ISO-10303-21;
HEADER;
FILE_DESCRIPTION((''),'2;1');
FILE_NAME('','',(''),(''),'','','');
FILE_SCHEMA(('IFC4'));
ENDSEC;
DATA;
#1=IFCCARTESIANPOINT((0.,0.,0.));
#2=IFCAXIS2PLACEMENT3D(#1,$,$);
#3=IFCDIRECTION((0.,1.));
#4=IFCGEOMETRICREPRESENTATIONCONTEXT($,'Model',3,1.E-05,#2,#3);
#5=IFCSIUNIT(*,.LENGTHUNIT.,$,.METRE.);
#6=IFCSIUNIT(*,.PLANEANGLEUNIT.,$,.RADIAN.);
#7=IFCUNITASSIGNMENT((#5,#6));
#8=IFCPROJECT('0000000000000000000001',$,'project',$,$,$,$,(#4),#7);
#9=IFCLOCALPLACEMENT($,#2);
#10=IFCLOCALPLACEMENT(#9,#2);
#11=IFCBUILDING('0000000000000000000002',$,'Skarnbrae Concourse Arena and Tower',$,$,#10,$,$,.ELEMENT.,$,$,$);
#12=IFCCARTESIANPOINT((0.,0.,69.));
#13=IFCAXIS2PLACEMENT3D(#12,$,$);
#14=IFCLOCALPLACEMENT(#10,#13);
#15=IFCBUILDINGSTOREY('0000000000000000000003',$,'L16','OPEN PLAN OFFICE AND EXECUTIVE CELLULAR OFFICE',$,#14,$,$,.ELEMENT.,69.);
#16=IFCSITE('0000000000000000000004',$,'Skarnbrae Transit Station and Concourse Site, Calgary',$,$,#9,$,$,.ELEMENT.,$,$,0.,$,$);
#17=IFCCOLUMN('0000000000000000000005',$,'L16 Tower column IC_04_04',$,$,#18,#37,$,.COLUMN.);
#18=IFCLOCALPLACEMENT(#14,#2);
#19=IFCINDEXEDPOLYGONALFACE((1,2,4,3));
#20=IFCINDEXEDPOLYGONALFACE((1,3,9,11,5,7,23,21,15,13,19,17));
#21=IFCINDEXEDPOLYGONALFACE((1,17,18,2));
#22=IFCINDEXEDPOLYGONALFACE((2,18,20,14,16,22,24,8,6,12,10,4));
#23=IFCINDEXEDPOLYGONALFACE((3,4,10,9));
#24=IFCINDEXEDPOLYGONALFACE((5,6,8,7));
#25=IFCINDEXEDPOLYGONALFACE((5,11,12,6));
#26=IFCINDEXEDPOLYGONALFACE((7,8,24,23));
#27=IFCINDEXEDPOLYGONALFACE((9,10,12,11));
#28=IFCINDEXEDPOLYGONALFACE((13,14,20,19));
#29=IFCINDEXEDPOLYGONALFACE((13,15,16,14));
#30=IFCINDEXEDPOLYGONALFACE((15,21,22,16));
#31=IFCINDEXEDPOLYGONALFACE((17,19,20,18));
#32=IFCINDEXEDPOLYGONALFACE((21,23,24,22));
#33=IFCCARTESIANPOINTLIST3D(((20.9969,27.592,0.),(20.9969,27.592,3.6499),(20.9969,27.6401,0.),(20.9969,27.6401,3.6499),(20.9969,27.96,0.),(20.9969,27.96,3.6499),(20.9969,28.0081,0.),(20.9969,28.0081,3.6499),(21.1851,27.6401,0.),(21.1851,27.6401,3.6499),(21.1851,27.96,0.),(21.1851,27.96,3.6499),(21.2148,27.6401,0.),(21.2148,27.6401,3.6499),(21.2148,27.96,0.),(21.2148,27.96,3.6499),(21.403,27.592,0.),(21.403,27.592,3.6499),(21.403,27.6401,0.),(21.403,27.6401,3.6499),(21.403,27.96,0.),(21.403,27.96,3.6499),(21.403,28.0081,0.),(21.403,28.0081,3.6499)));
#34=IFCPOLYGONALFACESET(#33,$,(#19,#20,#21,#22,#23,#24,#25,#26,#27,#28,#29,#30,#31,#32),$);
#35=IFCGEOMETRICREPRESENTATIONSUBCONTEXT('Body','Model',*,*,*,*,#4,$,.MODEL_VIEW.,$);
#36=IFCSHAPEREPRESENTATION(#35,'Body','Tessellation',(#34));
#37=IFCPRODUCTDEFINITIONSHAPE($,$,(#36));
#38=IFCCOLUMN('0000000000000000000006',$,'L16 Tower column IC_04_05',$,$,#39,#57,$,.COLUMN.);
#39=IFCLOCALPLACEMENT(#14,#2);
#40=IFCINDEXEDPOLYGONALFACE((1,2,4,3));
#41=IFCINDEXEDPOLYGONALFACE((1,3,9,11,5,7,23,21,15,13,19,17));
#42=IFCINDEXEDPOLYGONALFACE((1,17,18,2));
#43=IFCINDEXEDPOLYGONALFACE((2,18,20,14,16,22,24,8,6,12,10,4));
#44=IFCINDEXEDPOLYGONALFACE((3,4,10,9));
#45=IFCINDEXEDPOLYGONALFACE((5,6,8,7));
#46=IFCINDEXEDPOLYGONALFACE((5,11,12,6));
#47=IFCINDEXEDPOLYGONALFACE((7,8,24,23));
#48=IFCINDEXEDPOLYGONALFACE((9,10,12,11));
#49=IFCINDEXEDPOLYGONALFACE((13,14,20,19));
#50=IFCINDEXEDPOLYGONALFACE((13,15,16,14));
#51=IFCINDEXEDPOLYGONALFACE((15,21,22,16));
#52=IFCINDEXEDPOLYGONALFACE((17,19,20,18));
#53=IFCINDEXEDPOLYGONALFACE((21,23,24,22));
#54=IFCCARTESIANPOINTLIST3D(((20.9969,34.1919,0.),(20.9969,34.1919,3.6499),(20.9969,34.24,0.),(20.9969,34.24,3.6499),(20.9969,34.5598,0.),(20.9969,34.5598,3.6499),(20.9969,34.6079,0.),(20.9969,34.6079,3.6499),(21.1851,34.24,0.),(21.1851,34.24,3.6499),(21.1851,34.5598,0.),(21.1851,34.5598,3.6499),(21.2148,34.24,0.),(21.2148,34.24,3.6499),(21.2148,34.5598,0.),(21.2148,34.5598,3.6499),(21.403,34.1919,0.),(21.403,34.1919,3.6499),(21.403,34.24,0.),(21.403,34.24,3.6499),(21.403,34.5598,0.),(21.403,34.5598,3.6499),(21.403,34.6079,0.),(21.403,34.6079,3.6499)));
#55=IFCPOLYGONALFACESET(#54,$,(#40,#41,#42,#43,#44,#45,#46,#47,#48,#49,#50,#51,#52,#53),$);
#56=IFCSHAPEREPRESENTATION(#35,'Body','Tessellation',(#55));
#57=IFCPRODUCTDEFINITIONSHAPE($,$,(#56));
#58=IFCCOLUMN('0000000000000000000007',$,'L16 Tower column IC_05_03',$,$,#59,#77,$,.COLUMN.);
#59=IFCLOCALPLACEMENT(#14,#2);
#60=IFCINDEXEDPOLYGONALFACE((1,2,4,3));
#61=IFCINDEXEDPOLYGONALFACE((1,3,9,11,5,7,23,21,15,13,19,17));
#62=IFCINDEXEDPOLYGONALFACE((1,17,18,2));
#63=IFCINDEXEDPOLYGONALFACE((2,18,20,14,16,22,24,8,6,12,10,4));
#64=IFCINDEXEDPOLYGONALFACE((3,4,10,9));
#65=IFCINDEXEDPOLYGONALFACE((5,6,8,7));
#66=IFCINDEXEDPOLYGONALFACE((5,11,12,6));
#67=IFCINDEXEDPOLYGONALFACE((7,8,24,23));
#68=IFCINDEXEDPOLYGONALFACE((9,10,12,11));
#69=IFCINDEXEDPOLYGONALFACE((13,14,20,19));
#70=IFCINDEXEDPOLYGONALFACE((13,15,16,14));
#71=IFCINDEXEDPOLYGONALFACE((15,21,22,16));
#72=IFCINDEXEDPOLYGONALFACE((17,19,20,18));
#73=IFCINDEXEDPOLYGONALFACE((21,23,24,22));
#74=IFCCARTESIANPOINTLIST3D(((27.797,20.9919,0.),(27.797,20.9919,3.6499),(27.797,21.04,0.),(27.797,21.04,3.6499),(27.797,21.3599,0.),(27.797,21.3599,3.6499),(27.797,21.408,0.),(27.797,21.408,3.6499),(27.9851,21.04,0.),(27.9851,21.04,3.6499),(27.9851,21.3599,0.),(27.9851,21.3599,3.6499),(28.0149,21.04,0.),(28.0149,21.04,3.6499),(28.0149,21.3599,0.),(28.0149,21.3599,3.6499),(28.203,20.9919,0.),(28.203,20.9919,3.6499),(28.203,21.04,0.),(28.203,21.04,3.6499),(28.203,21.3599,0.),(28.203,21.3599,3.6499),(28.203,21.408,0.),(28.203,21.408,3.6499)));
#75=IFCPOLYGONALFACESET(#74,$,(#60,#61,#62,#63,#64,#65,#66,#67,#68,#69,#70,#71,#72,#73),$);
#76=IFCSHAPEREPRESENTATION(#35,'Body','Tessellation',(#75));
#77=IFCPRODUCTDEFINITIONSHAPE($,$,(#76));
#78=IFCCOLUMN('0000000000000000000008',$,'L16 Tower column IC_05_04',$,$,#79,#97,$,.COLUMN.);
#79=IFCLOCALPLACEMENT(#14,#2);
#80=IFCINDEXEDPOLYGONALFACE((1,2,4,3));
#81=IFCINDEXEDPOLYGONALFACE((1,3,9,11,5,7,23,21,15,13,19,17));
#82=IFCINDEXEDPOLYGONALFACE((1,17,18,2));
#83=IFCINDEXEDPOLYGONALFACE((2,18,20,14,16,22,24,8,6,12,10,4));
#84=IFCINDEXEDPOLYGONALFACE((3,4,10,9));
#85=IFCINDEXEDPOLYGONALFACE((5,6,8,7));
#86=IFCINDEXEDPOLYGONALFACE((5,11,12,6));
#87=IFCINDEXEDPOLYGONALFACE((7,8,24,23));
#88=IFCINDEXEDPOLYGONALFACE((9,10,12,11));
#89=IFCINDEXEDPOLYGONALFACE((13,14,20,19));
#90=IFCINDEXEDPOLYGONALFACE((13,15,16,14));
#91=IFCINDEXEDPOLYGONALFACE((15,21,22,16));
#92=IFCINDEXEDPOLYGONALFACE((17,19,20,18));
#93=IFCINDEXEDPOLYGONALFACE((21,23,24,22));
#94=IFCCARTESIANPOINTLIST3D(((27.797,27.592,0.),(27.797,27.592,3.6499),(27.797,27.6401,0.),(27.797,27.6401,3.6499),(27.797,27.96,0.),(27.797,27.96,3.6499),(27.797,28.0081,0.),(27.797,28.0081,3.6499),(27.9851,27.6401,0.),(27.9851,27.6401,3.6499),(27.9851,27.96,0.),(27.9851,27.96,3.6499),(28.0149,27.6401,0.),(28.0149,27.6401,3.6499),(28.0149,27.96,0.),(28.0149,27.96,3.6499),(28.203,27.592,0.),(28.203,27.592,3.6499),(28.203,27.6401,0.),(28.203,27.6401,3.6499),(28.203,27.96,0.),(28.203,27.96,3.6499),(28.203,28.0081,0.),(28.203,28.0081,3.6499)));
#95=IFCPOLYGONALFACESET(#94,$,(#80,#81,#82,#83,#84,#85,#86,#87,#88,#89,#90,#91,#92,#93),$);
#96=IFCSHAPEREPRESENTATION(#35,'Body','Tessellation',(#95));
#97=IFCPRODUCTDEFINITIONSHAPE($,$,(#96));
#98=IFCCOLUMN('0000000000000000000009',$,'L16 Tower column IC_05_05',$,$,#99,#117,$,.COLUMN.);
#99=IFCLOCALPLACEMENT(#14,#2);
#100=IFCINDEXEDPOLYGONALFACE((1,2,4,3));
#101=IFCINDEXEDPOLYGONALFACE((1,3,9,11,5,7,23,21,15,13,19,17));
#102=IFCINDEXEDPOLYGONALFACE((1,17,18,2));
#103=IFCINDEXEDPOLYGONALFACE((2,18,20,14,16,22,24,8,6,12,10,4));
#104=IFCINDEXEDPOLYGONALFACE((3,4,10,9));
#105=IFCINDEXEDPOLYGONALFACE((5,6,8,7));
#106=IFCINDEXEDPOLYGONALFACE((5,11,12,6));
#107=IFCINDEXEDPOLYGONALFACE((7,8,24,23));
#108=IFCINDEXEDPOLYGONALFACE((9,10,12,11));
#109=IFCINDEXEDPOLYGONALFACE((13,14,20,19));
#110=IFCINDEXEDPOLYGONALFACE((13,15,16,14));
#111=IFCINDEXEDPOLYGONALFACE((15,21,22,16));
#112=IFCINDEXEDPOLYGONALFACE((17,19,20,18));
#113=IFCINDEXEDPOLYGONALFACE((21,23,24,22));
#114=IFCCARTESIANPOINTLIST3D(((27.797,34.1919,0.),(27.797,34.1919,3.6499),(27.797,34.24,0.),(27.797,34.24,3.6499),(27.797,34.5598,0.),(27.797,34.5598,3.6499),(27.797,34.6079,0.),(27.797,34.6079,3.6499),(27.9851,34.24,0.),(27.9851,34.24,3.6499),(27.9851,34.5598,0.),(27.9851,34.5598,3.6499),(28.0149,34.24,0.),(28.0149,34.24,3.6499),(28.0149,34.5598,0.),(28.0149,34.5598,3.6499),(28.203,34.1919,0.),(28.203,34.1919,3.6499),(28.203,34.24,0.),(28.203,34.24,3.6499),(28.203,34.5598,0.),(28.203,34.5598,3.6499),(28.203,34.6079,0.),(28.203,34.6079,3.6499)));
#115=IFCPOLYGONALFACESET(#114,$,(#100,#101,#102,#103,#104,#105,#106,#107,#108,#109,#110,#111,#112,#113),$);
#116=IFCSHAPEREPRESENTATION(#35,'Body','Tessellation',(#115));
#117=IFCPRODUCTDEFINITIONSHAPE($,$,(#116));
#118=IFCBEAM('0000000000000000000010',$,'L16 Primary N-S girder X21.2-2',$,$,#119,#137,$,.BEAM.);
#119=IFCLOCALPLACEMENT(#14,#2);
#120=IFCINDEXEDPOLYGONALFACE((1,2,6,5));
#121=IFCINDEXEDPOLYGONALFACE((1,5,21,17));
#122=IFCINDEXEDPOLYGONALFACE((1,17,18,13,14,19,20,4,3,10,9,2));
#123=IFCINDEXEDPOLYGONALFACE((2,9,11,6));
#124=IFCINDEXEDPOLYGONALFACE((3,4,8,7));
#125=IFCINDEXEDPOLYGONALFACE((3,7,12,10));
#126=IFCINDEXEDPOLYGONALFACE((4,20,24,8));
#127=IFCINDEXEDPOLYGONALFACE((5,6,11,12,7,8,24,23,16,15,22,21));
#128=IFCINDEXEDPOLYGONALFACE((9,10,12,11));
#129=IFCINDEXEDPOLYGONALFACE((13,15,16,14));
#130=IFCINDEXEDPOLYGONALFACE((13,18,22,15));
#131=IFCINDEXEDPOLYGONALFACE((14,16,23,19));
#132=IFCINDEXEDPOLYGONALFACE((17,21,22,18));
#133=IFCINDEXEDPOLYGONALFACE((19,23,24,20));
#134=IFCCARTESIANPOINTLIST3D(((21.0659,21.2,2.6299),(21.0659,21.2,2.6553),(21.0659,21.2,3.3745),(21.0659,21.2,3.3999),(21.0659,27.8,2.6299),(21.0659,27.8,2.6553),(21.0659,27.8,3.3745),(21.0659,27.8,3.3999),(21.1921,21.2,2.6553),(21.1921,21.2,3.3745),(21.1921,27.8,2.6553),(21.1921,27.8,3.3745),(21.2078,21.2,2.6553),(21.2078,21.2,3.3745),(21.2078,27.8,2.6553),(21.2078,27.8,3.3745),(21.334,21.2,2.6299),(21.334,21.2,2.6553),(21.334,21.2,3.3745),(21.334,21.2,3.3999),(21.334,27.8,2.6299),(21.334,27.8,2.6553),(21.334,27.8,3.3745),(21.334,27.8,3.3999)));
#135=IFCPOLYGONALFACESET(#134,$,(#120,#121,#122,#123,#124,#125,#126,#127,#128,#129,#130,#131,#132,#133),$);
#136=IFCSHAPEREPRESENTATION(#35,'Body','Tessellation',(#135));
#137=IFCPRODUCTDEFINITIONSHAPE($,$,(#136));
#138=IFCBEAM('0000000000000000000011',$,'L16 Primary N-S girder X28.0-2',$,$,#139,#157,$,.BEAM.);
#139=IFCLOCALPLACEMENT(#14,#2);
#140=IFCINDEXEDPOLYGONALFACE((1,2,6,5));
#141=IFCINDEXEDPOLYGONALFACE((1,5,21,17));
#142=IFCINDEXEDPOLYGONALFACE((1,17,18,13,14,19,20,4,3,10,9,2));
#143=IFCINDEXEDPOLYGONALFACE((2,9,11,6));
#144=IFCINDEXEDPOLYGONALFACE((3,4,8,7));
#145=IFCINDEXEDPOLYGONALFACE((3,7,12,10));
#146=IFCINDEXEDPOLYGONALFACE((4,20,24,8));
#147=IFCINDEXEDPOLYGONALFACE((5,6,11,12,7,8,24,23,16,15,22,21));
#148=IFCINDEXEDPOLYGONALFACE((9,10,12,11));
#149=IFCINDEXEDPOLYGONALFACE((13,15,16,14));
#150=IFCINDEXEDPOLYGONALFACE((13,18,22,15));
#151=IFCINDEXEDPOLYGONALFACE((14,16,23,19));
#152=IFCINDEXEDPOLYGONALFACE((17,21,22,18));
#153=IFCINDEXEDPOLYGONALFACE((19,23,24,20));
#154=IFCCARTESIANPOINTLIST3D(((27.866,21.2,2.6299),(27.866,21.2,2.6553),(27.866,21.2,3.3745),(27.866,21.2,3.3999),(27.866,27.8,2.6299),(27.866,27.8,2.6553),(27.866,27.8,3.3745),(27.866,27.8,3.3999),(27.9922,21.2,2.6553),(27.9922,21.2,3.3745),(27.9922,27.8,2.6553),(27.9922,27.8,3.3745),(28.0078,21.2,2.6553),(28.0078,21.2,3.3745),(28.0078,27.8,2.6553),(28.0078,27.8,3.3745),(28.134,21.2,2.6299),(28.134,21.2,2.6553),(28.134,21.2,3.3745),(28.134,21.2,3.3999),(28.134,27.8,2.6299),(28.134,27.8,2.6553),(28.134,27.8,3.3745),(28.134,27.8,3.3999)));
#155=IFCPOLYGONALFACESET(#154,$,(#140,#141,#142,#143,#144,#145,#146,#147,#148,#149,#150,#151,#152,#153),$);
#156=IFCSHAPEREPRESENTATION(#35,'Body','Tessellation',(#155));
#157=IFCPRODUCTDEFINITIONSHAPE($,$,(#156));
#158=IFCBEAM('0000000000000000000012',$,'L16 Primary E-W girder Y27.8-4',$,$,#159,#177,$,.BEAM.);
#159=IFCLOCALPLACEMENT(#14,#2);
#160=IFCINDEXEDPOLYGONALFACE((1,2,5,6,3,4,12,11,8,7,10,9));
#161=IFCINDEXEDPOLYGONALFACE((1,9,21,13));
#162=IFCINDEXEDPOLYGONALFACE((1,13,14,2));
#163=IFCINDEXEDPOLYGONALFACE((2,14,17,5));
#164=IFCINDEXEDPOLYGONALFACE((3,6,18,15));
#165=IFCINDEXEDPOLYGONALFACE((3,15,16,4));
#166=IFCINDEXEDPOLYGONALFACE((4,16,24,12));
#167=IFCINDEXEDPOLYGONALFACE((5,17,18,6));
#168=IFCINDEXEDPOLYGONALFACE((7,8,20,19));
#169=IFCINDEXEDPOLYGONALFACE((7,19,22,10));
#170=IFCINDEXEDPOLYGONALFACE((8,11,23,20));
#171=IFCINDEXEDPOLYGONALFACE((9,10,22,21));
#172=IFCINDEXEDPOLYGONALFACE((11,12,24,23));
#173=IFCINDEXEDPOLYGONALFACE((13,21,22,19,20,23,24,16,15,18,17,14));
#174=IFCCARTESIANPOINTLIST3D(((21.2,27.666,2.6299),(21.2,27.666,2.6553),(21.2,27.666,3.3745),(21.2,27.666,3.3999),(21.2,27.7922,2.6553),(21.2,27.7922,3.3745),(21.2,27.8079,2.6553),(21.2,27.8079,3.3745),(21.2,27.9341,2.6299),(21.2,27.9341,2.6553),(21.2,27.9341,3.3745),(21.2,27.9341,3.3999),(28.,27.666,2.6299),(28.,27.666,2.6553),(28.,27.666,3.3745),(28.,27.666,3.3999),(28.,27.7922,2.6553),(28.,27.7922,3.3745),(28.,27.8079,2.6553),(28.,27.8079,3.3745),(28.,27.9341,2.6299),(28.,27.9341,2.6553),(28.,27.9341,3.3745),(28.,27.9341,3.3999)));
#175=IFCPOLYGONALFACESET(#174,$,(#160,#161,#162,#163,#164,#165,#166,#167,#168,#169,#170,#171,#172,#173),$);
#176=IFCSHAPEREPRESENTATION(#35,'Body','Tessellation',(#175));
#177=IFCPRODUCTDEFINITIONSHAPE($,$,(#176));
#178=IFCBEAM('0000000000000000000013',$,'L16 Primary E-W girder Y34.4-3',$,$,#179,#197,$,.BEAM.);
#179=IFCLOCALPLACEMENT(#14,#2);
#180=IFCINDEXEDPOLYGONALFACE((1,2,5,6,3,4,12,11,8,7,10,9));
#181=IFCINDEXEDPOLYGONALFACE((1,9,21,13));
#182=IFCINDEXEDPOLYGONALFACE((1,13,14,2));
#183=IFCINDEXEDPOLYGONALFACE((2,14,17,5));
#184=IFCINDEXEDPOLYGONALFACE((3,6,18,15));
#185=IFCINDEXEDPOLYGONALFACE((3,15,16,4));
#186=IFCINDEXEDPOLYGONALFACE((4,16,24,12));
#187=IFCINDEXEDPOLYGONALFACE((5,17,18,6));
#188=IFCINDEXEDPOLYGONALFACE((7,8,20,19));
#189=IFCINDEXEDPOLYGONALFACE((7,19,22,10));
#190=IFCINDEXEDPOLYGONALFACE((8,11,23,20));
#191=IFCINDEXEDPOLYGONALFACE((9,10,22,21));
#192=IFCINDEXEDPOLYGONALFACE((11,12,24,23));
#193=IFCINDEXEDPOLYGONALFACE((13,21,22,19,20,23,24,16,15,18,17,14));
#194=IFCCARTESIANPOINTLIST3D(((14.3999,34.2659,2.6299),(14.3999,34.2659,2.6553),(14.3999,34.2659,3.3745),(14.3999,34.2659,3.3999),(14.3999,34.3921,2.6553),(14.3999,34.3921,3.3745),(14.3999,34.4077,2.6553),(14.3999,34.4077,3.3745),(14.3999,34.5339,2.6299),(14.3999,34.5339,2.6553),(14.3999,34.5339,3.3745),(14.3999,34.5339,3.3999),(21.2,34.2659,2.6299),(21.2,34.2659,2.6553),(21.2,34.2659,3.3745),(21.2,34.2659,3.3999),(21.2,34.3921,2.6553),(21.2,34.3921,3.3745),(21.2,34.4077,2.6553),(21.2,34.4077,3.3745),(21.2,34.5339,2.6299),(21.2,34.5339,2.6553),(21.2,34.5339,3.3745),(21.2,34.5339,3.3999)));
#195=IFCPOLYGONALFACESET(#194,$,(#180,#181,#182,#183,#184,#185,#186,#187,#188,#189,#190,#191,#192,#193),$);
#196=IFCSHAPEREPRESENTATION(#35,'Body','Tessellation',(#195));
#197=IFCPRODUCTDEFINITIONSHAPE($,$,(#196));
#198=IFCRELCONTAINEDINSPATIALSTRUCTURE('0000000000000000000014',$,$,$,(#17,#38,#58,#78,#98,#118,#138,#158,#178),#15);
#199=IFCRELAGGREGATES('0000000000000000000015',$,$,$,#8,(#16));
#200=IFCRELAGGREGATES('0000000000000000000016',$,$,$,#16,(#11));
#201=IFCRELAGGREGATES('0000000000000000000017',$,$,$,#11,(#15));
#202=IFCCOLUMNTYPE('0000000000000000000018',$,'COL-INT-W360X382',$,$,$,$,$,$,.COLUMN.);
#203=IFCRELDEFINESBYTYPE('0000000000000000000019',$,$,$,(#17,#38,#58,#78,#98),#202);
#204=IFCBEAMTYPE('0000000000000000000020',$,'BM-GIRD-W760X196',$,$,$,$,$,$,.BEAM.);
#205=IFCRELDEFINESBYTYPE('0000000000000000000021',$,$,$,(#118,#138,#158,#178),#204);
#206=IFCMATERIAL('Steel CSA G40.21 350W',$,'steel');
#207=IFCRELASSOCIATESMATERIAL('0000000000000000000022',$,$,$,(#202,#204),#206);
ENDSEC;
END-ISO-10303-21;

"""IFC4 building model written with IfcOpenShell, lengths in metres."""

from ifc_helpers import new_model, si_unit, direction, frame, origin, origin_2d, place, context, subcontext, project, spatial, i_section, extrude, source, transform, mapped, material, material_profile, profile_set, type_object, element, save


model = new_model("IFC4")

# Units and contexts
model_context = context("Model", 3, precision=1e-05, world=origin(), true_north=direction((0.0, 1.0)))
body_context = subcontext(model_context, "Body", "Model", "MODEL_VIEW")
ifc_project = project(units=[si_unit("LENGTHUNIT", "METRE"), si_unit("PLANEANGLEUNIT", "RADIAN")], contexts=[model_context])

# Site, building, storey
site_placement = place(None, origin())
site = spatial("IfcSite", under=ifc_project, at=site_placement, Name="Skarnbrae Transit Station and Concourse Site, Calgary", CompositionType="ELEMENT", RefElevation=0.0)
building_placement = place(site_placement, origin())
building = spatial("IfcBuilding", under=site, at=building_placement, Name="Skarnbrae Concourse Arena and Tower", CompositionType="ELEMENT")
storey_placement = place(building_placement, frame((0.0, 0.0, 69.0)))
storey = spatial("IfcBuildingStorey", under=building, at=storey_placement, Name="L16", Description="OPEN PLAN OFFICE AND EXECUTIVE CELLULAR OFFICE", CompositionType="ELEMENT", Elevation=69.0)

# Columns
ifc_material_1 = material(Name="Steel CSA G40.21 350W", Category="steel")
ifc_material_profile_1 = material_profile(ifc_material_1, i_section(OverallWidth=0.406, OverallDepth=0.416, WebThickness=0.0298, FlangeThickness=0.0481, at=origin_2d()), Name="W360X382")
ifc_profile_set_1 = profile_set([ifc_material_profile_1], Name="Steel CSA G40.21 350W")
column_type = type_object("IfcColumnType", Name="COL-INT-W360X382", PredefinedType="COLUMN", material=ifc_profile_set_1)
shared_shape_1 = source(origin(), body_context, "Body", "SweptSolid", [
    extrude(i_section(OverallWidth=0.406, OverallDepth=0.416, WebThickness=0.0298, FlangeThickness=0.0481, at=origin_2d()), origin(), (0.0, 0.0, 1.0), 3.6499),
])
for number, where, z_axis, x_axis, name in (
    (1, (21.2, 27.8, 0.0), (0.0, 0.0, 1.0), (1.0, 0.0, 0.0), "L16 Tower column IC_04_04"),
    (2, (21.2, 34.3999, 0.0), (0.0, 0.0, 1.0), (1.0, 0.0, 0.0), "L16 Tower column IC_04_05"),
    (3, (28.0, 21.2, 0.0), (0.0, 0.0, 1.0), (1.0, 0.0, 0.0), "L16 Tower column IC_05_03"),
    (4, (28.0, 27.8, 0.0), (0.0, 0.0, 1.0), (1.0, 0.0, 0.0), "L16 Tower column IC_05_04"),
    (5, (28.0, 34.3999, 0.0), (0.0, 0.0, 1.0), (1.0, 0.0, 0.0), "L16 Tower column IC_05_05"),
):
    element("IfcColumn", number, at=place(storey_placement, frame(where, z_axis=z_axis, x_axis=x_axis)), inside=storey, type_object=column_type, Name=name, PredefinedType="COLUMN", context=body_context, shape_type="MappedRepresentation", body=[
        mapped(shared_shape_1, transform((0.0, 0.0, 0.0))),
    ])

# Beams
ifc_material_profile_2 = material_profile(ifc_material_1, i_section(OverallWidth=0.2681, OverallDepth=0.77, WebThickness=0.0156, FlangeThickness=0.0254, at=origin_2d()), Name="W760X196")
ifc_profile_set_2 = profile_set([ifc_material_profile_2], Name="Steel CSA G40.21 350W")
beam_type_1 = type_object("IfcBeamType", Name="BM-GIRD-W760X196", PredefinedType="BEAM", material=ifc_profile_set_2)
shared_shape_2 = source(origin(), body_context, "Body", "SweptSolid", [
    extrude(i_section(OverallWidth=0.2681, OverallDepth=0.77, WebThickness=0.0156, FlangeThickness=0.0254, at=origin_2d()), origin(), (0.0, 0.0, 1.0), 6.6001),
])
for number, where, z_axis, x_axis, name in (
    (6, (21.2, 21.2, 3.0149), (0.0, 1.0, 0.0), (-1.0, 0.0, 0.0), "L16 Primary N-S girder X21.2-2"),
    (7, (28.0, 21.2, 3.0149), (0.0, 1.0, 0.0), (-1.0, 0.0, 0.0), "L16 Primary N-S girder X28.0-2"),
):
    element("IfcBeam", number, at=place(storey_placement, frame(where, z_axis=z_axis, x_axis=x_axis)), inside=storey, type_object=beam_type_1, Name=name, PredefinedType="BEAM", context=body_context, shape_type="MappedRepresentation", body=[
        mapped(shared_shape_2, transform((0.0, 0.0, 0.0))),
    ])
shared_shape_3 = source(origin(), body_context, "Body", "SweptSolid", [
    extrude(i_section(OverallWidth=0.2681, OverallDepth=0.77, WebThickness=0.0156, FlangeThickness=0.0254, at=origin_2d()), origin(), (0.0, 0.0, 1.0), 6.8),
])
for number, where, z_axis, x_axis, name in (
    (8, (21.2, 27.8, 3.0149), (1.0, 0.0, 0.0), (0.0, 1.0, 0.0), "L16 Primary E-W girder Y27.8-4"),
    (9, (14.3999, 34.3999, 3.0149), (1.0, 0.0, 0.0), (0.0, 1.0, 0.0), "L16 Primary E-W girder Y34.4-3"),
):
    element("IfcBeam", number, at=place(storey_placement, frame(where, z_axis=z_axis, x_axis=x_axis)), inside=storey, type_object=beam_type_1, Name=name, PredefinedType="BEAM", context=body_context, shape_type="MappedRepresentation", body=[
        mapped(shared_shape_3, transform((0.0, 0.0, 0.0))),
    ])

save(model, "model.ifc")
